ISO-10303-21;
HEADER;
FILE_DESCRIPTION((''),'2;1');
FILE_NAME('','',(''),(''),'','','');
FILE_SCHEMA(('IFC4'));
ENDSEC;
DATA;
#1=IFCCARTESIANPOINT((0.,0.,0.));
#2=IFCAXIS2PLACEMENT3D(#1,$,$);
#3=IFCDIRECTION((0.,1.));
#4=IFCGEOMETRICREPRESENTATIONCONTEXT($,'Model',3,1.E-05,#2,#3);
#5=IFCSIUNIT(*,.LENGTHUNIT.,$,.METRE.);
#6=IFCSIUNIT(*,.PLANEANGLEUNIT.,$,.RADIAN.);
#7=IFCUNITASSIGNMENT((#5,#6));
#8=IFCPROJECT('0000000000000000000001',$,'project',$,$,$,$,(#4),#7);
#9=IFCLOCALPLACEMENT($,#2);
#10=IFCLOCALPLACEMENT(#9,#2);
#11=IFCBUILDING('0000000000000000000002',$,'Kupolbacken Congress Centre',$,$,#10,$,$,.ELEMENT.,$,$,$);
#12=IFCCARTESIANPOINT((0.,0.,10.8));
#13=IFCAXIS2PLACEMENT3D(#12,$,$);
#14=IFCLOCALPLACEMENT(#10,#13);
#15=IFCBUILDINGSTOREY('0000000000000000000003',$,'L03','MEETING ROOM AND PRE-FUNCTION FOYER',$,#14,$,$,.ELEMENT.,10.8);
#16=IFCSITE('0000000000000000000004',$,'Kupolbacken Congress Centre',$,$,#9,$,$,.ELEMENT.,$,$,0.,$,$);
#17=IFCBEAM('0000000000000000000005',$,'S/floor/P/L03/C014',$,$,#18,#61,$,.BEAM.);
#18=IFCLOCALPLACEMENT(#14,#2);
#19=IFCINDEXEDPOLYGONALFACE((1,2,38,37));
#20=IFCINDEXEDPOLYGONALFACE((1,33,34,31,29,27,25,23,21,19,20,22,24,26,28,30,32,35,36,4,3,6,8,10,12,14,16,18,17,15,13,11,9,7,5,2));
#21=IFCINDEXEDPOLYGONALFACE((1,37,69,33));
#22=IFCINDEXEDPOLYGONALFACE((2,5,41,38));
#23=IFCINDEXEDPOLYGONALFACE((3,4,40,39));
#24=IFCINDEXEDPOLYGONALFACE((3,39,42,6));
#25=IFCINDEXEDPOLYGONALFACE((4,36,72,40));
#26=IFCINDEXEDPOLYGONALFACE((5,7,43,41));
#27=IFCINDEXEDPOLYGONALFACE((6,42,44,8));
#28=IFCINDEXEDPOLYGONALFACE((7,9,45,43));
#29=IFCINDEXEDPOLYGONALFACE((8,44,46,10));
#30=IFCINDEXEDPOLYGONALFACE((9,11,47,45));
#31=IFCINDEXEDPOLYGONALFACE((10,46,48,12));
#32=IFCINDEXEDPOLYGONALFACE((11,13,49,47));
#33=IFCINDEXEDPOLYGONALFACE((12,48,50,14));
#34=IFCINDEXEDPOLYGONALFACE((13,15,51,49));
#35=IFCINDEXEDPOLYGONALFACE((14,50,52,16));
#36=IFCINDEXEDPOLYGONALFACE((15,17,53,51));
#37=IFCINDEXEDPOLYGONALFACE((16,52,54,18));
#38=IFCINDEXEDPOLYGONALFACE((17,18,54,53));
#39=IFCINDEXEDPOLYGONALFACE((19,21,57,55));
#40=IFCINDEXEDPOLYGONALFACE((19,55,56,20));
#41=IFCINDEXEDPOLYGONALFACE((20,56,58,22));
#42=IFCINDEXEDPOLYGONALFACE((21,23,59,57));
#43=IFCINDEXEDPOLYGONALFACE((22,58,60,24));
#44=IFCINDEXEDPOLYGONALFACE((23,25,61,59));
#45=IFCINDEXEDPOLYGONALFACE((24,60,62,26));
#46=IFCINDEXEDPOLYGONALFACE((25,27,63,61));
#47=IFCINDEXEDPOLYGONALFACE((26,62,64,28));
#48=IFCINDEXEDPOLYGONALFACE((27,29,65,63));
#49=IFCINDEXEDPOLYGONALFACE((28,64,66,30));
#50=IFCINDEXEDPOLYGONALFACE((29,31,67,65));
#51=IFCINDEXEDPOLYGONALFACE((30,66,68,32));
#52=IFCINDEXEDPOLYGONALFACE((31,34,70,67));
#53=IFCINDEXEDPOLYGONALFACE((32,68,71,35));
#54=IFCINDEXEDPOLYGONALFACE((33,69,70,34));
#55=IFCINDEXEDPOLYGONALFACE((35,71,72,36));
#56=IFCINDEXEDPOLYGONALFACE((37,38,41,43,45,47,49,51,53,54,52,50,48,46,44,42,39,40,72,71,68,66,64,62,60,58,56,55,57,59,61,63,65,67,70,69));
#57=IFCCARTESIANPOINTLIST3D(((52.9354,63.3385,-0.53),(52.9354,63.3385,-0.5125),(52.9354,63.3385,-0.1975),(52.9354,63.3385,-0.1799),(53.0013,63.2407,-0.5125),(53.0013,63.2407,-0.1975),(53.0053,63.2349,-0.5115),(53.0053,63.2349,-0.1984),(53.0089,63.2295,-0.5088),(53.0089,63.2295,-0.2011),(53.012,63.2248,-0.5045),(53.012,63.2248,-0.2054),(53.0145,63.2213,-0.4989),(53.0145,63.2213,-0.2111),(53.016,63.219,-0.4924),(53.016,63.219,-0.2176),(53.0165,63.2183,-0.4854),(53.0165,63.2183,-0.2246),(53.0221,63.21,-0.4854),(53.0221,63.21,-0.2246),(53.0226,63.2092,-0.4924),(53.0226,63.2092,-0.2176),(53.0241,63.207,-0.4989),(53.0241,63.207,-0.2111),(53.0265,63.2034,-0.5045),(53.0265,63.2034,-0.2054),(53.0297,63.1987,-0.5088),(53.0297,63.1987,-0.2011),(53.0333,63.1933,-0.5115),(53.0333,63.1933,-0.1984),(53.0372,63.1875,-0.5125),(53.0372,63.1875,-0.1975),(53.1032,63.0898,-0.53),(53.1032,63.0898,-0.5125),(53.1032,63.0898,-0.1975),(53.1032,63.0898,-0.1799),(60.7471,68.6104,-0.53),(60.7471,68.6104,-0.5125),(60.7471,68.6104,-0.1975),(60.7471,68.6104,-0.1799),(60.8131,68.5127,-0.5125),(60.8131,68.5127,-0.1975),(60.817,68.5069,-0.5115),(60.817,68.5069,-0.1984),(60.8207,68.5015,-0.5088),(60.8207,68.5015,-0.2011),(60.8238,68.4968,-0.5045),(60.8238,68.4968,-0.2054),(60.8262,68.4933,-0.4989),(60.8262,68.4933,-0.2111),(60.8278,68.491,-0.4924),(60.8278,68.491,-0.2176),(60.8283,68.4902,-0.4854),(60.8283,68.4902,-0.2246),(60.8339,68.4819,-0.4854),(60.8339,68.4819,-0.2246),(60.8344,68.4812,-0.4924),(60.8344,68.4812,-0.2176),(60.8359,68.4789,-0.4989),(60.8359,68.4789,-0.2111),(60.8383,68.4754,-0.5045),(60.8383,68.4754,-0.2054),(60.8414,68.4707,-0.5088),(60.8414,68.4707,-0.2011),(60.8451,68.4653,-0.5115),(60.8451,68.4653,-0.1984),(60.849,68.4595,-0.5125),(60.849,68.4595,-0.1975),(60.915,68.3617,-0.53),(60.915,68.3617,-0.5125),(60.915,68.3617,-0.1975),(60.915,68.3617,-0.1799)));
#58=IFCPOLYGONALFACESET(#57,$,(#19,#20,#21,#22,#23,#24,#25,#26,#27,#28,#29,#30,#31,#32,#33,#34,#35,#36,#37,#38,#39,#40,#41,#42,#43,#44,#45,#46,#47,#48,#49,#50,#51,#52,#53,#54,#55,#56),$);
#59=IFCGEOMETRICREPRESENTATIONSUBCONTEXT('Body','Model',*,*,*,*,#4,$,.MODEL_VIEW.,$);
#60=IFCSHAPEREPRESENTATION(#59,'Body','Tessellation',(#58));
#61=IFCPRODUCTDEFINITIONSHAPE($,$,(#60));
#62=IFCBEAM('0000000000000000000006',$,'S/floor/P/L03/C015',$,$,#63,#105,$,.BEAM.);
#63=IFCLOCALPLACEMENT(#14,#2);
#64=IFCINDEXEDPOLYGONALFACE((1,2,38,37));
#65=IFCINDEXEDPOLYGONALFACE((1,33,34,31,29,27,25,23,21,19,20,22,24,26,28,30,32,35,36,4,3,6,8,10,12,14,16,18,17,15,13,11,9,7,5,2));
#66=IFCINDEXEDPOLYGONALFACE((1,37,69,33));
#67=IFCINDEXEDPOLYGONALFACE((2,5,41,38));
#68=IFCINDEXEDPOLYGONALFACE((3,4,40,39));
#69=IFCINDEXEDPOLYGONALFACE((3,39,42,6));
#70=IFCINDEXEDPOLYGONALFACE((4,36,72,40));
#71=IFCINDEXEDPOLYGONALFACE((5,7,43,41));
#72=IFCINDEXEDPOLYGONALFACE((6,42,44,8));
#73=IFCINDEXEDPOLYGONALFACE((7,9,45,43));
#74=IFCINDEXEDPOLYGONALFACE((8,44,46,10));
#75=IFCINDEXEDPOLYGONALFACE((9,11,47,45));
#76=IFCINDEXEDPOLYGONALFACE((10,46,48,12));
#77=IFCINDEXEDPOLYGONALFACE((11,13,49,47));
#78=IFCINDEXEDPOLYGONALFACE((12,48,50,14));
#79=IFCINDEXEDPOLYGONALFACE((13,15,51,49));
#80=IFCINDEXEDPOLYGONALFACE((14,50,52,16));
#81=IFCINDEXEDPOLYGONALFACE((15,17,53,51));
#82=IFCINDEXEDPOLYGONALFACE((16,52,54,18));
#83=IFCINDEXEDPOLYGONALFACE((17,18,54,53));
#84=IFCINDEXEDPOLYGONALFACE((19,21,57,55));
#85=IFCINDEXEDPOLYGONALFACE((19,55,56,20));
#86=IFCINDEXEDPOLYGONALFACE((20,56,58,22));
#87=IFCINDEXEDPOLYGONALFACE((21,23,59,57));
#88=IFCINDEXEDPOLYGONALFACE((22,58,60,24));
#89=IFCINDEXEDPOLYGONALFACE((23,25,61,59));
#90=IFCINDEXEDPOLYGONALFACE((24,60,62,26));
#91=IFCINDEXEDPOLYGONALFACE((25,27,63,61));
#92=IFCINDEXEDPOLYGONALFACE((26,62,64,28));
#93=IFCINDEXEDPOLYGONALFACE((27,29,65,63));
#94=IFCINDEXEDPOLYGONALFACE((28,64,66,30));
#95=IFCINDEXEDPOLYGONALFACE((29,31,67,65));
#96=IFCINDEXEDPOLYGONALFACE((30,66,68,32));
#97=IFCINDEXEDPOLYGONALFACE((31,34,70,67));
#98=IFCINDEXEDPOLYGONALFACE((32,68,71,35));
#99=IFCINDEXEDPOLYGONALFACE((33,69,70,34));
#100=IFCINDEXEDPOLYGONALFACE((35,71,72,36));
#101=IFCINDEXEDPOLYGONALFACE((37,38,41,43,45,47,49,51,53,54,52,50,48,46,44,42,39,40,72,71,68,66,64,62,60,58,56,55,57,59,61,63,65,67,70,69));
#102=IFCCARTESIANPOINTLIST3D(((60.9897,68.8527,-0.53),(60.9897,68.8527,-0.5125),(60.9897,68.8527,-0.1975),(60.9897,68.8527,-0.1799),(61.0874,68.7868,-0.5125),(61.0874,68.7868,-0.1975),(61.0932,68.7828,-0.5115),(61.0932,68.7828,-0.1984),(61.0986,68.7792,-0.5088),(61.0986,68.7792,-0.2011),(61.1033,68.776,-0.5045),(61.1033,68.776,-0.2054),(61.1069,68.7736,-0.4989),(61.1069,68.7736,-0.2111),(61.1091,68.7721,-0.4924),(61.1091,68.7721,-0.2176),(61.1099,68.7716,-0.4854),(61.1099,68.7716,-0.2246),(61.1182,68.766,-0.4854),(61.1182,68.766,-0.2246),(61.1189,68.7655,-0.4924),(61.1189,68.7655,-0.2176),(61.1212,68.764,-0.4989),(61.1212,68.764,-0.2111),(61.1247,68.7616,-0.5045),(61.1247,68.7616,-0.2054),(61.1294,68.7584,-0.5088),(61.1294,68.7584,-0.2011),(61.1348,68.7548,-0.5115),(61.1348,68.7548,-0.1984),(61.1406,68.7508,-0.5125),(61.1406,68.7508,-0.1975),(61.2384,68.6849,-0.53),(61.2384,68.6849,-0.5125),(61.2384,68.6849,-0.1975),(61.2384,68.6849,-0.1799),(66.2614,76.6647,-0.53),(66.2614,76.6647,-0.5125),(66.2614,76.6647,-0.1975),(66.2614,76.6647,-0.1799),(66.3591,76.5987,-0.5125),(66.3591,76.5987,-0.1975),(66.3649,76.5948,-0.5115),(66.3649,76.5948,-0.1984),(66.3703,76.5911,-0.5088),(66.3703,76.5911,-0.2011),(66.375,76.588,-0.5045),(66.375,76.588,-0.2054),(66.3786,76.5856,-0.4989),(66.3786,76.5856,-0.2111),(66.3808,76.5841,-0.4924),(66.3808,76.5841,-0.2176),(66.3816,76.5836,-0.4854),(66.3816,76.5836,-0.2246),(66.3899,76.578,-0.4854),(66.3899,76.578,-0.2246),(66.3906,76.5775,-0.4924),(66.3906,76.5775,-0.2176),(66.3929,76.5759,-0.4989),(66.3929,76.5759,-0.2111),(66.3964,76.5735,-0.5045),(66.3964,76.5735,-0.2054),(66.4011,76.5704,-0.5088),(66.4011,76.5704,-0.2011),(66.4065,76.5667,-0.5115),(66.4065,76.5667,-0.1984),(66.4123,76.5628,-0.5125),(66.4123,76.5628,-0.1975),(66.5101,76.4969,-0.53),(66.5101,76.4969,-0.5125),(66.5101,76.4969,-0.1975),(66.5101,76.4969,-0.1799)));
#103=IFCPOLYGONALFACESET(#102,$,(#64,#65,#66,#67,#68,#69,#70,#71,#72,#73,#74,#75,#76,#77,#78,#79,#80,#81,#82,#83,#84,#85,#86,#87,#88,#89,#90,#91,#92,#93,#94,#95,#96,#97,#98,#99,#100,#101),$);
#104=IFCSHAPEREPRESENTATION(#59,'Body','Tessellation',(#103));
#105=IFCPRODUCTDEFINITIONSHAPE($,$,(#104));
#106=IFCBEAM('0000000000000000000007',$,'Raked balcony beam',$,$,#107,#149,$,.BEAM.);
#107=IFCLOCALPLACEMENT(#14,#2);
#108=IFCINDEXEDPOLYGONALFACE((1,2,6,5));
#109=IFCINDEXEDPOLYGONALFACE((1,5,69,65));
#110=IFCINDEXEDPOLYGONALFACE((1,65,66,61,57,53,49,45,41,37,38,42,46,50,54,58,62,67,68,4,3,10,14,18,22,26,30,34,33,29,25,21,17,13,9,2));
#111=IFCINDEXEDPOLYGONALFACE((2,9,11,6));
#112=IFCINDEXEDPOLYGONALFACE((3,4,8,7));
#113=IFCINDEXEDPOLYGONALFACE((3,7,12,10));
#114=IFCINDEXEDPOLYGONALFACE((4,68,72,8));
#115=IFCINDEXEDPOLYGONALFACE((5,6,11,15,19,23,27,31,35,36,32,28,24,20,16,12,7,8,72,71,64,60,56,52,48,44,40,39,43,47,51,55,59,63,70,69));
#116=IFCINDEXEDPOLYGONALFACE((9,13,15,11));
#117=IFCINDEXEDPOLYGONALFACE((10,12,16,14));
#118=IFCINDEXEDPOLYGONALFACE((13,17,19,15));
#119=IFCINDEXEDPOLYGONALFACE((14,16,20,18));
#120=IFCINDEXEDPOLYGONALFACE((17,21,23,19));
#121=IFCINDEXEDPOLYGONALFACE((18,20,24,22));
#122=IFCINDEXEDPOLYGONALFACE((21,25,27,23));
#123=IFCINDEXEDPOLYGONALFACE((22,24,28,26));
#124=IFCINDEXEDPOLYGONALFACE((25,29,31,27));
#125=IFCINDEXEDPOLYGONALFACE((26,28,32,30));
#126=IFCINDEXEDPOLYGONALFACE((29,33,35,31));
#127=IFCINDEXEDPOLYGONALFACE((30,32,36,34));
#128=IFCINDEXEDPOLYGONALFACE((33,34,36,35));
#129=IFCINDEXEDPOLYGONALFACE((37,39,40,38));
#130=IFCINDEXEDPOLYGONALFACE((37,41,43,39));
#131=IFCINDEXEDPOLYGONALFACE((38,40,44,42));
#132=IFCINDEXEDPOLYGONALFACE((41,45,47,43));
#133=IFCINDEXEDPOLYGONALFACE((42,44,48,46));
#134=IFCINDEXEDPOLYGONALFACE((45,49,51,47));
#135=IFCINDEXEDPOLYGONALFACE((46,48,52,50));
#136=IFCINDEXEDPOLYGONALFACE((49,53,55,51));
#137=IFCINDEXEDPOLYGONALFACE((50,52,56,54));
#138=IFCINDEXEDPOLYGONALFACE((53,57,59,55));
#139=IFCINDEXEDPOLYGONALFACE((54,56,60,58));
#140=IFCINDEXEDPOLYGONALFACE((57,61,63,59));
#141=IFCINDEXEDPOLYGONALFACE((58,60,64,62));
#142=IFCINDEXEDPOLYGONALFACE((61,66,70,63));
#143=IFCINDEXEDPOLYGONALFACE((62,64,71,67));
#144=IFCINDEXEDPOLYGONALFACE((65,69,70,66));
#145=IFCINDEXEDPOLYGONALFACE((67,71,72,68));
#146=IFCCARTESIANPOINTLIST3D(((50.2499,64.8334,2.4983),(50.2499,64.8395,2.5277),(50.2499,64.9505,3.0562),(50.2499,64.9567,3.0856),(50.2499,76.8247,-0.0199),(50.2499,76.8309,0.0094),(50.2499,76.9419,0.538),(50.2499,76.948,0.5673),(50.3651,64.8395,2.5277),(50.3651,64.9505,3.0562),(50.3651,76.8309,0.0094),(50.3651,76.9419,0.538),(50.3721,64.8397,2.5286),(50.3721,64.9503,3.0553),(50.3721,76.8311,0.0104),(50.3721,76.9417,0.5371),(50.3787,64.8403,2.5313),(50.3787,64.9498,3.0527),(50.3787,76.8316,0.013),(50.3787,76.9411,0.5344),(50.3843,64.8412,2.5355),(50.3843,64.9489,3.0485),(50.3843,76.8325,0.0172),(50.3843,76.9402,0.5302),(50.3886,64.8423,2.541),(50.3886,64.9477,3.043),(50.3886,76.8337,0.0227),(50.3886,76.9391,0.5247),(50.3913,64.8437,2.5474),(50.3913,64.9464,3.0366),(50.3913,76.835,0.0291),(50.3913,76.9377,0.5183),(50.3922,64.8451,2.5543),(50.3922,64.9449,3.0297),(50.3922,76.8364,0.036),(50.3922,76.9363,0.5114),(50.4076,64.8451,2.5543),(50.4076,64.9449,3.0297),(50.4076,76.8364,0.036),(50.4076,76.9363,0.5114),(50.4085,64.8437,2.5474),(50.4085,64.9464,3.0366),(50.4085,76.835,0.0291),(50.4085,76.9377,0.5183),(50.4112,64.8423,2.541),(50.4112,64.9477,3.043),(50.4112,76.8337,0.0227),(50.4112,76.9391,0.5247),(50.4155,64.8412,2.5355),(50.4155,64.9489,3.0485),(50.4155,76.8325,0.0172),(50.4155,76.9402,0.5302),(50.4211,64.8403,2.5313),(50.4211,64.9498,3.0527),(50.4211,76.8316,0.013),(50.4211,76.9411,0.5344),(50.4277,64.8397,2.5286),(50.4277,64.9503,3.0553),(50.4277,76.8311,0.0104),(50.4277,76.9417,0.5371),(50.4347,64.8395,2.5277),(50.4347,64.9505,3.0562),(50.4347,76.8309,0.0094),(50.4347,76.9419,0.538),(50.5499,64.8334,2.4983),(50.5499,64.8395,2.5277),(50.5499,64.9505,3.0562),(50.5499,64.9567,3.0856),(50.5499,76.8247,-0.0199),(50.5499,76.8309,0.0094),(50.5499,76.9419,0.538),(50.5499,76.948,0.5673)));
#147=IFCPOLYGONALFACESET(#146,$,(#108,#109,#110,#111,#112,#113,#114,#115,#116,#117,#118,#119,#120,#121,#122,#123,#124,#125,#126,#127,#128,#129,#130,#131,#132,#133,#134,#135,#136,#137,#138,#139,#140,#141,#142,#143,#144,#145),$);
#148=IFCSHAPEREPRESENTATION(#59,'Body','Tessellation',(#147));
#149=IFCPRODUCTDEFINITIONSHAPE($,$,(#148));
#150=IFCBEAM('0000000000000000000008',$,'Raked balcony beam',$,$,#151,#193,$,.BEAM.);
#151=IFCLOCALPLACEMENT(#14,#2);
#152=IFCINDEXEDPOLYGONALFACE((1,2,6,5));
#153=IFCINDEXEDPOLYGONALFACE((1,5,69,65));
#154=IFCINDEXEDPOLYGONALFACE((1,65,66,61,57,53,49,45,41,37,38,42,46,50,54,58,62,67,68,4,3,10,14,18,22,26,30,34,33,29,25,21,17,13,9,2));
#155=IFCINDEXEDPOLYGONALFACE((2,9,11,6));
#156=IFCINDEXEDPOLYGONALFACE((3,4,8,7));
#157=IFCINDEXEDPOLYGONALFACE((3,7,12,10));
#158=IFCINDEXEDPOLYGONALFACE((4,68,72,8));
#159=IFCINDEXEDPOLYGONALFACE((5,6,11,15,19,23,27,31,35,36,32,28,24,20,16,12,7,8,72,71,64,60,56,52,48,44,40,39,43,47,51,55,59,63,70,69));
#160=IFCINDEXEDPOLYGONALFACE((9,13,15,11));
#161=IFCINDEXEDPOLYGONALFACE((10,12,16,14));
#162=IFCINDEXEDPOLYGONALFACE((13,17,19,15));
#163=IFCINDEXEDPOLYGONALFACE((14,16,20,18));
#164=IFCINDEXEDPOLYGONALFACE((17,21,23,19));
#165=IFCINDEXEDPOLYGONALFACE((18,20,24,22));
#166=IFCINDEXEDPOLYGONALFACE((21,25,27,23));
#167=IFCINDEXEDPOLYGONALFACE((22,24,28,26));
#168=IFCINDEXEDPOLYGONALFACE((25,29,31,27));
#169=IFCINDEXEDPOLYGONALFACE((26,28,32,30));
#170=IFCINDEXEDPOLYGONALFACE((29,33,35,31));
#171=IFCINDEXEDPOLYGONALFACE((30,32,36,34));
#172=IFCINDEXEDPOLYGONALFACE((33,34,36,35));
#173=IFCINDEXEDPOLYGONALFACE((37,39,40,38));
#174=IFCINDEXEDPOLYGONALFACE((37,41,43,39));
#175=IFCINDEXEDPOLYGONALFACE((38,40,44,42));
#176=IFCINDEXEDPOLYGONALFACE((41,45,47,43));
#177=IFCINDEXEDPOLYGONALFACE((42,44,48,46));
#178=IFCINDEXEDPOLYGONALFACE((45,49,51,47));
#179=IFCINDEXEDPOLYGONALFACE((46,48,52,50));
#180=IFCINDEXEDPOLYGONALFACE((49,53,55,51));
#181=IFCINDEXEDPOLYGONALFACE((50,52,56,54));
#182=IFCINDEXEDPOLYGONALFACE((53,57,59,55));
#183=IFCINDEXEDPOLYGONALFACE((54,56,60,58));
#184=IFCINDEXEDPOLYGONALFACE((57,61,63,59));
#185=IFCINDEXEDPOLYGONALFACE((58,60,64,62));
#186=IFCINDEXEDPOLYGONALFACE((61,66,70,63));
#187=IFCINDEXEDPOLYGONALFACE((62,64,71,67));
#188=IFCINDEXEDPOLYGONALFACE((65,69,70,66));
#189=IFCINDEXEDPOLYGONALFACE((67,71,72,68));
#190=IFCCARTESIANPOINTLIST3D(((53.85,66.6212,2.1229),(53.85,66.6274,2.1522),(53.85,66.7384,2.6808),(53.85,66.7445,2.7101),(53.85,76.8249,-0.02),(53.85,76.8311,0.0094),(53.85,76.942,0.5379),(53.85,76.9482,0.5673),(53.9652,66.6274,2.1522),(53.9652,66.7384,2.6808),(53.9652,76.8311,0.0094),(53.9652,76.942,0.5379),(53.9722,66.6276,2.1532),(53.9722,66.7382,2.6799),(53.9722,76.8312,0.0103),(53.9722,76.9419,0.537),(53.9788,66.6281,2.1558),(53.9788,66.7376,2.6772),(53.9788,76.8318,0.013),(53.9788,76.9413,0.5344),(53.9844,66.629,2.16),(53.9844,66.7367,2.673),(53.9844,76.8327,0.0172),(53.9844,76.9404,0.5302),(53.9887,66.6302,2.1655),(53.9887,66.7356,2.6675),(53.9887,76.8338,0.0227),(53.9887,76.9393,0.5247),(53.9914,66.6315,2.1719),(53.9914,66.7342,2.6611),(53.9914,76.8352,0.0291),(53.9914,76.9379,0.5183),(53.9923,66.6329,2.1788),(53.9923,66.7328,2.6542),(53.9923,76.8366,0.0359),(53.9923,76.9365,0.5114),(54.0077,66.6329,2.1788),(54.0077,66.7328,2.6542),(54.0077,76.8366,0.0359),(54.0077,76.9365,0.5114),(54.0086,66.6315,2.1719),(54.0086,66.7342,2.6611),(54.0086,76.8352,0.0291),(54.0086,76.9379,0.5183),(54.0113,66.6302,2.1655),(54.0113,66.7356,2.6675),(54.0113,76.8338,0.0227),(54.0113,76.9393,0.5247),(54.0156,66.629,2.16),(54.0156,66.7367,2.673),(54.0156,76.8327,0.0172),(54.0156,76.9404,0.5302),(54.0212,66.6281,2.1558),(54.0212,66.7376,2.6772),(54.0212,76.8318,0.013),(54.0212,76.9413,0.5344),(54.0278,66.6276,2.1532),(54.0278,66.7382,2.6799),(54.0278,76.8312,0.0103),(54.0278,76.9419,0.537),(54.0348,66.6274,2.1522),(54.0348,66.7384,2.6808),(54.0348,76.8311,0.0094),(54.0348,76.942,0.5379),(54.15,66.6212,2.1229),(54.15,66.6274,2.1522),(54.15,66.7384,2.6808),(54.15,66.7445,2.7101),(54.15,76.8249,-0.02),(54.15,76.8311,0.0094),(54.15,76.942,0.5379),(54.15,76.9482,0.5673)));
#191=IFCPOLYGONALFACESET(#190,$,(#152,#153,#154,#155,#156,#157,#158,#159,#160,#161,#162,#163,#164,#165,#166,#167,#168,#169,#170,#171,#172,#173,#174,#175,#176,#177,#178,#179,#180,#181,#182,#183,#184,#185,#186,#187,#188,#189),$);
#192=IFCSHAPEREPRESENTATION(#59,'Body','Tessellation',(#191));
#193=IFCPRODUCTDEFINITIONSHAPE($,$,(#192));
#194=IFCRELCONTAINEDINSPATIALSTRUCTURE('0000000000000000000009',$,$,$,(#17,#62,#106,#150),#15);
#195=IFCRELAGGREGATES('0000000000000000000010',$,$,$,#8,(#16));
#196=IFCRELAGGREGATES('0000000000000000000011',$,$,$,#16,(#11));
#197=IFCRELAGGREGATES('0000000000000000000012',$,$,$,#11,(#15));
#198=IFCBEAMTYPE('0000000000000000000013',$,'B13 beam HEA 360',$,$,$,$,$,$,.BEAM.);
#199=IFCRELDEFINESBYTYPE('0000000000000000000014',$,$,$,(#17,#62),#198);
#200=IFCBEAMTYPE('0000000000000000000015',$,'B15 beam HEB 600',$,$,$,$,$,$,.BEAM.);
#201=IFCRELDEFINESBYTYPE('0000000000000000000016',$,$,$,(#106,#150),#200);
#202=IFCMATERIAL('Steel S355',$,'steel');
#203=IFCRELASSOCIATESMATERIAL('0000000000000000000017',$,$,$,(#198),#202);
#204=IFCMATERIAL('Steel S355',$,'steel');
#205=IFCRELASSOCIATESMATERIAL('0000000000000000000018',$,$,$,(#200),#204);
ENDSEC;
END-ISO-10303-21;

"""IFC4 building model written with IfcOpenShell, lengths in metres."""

from ifc_helpers import new_model, si_unit, direction, frame, origin, origin_2d, place, context, subcontext, project, spatial, i_section, extrude, material, material_profile, profile_set, type_object, element, save


model = new_model("IFC4")

# Units and contexts
model_context = context("Model", 3, precision=1e-05, world=origin(), true_north=direction((0.0, 1.0)))
body_context = subcontext(model_context, "Body", "Model", "MODEL_VIEW")
ifc_project = project(units=[si_unit("LENGTHUNIT", "METRE"), si_unit("PLANEANGLEUNIT", "RADIAN")], contexts=[model_context])

# Site, building, storey
site_placement = place(None, origin())
site = spatial("IfcSite", under=ifc_project, at=site_placement, Name="Kupolbacken Congress Centre", CompositionType="ELEMENT", RefElevation=0.0)
building_placement = place(site_placement, origin())
building = spatial("IfcBuilding", under=site, at=building_placement, Name="Kupolbacken Congress Centre", CompositionType="ELEMENT")
storey_placement = place(building_placement, frame((0.0, 0.0, 10.8)))
storey = spatial("IfcBuildingStorey", under=building, at=storey_placement, Name="L03", Description="MEETING ROOM AND PRE-FUNCTION FOYER", CompositionType="ELEMENT", Elevation=10.8)

# Beams
ifc_material_1 = material(Name="Steel S355", Category="steel")
ifc_material_profile_1 = material_profile(ifc_material_1, i_section(OverallWidth=0.3, OverallDepth=0.3501, WebThickness=0.01, FlangeThickness=0.0176, FilletRadius=0.0271, at=origin_2d()), Name="HEA 360")
ifc_profile_set_1 = profile_set([ifc_material_profile_1], Name="Steel S355")
beam_type_1 = type_object("IfcBeamType", Name="B13 beam HEA 360", PredefinedType="BEAM", material=ifc_profile_set_1)
for number, where, z_axis, x_axis, name in (
    (1, (53.0193, 63.2141, -0.355), (0.828896, 0.559402, 0.0), (-0.559402, 0.828896, 0.0), "S/floor/P/L03/C014"),
    (2, (61.114, 68.7688, -0.355), (0.559372, 0.828917, 0.0), (-0.828917, 0.559372, 0.0), "S/floor/P/L03/C015"),
):
    element("IfcBeam", number, at=place(storey_placement, frame(where, z_axis=z_axis, x_axis=x_axis)), inside=storey, type_object=beam_type_1, Name=name, PredefinedType="BEAM", context=body_context, shape_type="SweptSolid", body=[
        extrude(i_section(OverallWidth=0.3, OverallDepth=0.3501, WebThickness=0.01, FlangeThickness=0.0176, FilletRadius=0.0271, at=origin_2d()), origin(), (0.0, 0.0, 1.0), 9.4243),
    ])
ifc_material_2 = material(Name="Steel S355", Category="steel")
ifc_material_profile_2 = material_profile(ifc_material_2, i_section(OverallWidth=0.3, OverallDepth=0.6001, WebThickness=0.0154, FlangeThickness=0.03, FilletRadius=0.0271, at=origin_2d()), Name="HEB 600")
ifc_profile_set_2 = profile_set([ifc_material_profile_2], Name="Steel S355")
beam_type_2 = type_object("IfcBeamType", Name="B15 beam HEB 600", PredefinedType="BEAM", material=ifc_profile_set_2)
beam_1_placement = place(storey_placement, frame((50.3999, 64.895, 2.792), z_axis=(0.0, 0.978652, -0.205525), x_axis=(-1.0, 0.0, 0.0)))
element("IfcBeam", 3, at=beam_1_placement, inside=storey, type_object=beam_type_2, Name="Raked balcony beam", PredefinedType="BEAM", context=body_context, shape_type="SweptSolid", body=[
    extrude(i_section(OverallWidth=0.3, OverallDepth=0.6001, WebThickness=0.0154, FlangeThickness=0.03, FilletRadius=0.0271, at=origin_2d()), origin(), (0.0, 0.0, 1.0), 12.2529),
])
beam_2_placement = place(storey_placement, frame((54.0, 66.6829, 2.4165), z_axis=(0.0, 0.978652, -0.205523), x_axis=(-1.0, 0.0, 0.0)))
element("IfcBeam", 4, at=beam_2_placement, inside=storey, type_object=beam_type_2, Name="Raked balcony beam", PredefinedType="BEAM", context=body_context, shape_type="SweptSolid", body=[
    extrude(i_section(OverallWidth=0.3, OverallDepth=0.6001, WebThickness=0.0154, FlangeThickness=0.03, FilletRadius=0.0271, at=origin_2d()), origin(), (0.0, 0.0, 1.0), 10.4263),
])

save(model, "model.ifc")
